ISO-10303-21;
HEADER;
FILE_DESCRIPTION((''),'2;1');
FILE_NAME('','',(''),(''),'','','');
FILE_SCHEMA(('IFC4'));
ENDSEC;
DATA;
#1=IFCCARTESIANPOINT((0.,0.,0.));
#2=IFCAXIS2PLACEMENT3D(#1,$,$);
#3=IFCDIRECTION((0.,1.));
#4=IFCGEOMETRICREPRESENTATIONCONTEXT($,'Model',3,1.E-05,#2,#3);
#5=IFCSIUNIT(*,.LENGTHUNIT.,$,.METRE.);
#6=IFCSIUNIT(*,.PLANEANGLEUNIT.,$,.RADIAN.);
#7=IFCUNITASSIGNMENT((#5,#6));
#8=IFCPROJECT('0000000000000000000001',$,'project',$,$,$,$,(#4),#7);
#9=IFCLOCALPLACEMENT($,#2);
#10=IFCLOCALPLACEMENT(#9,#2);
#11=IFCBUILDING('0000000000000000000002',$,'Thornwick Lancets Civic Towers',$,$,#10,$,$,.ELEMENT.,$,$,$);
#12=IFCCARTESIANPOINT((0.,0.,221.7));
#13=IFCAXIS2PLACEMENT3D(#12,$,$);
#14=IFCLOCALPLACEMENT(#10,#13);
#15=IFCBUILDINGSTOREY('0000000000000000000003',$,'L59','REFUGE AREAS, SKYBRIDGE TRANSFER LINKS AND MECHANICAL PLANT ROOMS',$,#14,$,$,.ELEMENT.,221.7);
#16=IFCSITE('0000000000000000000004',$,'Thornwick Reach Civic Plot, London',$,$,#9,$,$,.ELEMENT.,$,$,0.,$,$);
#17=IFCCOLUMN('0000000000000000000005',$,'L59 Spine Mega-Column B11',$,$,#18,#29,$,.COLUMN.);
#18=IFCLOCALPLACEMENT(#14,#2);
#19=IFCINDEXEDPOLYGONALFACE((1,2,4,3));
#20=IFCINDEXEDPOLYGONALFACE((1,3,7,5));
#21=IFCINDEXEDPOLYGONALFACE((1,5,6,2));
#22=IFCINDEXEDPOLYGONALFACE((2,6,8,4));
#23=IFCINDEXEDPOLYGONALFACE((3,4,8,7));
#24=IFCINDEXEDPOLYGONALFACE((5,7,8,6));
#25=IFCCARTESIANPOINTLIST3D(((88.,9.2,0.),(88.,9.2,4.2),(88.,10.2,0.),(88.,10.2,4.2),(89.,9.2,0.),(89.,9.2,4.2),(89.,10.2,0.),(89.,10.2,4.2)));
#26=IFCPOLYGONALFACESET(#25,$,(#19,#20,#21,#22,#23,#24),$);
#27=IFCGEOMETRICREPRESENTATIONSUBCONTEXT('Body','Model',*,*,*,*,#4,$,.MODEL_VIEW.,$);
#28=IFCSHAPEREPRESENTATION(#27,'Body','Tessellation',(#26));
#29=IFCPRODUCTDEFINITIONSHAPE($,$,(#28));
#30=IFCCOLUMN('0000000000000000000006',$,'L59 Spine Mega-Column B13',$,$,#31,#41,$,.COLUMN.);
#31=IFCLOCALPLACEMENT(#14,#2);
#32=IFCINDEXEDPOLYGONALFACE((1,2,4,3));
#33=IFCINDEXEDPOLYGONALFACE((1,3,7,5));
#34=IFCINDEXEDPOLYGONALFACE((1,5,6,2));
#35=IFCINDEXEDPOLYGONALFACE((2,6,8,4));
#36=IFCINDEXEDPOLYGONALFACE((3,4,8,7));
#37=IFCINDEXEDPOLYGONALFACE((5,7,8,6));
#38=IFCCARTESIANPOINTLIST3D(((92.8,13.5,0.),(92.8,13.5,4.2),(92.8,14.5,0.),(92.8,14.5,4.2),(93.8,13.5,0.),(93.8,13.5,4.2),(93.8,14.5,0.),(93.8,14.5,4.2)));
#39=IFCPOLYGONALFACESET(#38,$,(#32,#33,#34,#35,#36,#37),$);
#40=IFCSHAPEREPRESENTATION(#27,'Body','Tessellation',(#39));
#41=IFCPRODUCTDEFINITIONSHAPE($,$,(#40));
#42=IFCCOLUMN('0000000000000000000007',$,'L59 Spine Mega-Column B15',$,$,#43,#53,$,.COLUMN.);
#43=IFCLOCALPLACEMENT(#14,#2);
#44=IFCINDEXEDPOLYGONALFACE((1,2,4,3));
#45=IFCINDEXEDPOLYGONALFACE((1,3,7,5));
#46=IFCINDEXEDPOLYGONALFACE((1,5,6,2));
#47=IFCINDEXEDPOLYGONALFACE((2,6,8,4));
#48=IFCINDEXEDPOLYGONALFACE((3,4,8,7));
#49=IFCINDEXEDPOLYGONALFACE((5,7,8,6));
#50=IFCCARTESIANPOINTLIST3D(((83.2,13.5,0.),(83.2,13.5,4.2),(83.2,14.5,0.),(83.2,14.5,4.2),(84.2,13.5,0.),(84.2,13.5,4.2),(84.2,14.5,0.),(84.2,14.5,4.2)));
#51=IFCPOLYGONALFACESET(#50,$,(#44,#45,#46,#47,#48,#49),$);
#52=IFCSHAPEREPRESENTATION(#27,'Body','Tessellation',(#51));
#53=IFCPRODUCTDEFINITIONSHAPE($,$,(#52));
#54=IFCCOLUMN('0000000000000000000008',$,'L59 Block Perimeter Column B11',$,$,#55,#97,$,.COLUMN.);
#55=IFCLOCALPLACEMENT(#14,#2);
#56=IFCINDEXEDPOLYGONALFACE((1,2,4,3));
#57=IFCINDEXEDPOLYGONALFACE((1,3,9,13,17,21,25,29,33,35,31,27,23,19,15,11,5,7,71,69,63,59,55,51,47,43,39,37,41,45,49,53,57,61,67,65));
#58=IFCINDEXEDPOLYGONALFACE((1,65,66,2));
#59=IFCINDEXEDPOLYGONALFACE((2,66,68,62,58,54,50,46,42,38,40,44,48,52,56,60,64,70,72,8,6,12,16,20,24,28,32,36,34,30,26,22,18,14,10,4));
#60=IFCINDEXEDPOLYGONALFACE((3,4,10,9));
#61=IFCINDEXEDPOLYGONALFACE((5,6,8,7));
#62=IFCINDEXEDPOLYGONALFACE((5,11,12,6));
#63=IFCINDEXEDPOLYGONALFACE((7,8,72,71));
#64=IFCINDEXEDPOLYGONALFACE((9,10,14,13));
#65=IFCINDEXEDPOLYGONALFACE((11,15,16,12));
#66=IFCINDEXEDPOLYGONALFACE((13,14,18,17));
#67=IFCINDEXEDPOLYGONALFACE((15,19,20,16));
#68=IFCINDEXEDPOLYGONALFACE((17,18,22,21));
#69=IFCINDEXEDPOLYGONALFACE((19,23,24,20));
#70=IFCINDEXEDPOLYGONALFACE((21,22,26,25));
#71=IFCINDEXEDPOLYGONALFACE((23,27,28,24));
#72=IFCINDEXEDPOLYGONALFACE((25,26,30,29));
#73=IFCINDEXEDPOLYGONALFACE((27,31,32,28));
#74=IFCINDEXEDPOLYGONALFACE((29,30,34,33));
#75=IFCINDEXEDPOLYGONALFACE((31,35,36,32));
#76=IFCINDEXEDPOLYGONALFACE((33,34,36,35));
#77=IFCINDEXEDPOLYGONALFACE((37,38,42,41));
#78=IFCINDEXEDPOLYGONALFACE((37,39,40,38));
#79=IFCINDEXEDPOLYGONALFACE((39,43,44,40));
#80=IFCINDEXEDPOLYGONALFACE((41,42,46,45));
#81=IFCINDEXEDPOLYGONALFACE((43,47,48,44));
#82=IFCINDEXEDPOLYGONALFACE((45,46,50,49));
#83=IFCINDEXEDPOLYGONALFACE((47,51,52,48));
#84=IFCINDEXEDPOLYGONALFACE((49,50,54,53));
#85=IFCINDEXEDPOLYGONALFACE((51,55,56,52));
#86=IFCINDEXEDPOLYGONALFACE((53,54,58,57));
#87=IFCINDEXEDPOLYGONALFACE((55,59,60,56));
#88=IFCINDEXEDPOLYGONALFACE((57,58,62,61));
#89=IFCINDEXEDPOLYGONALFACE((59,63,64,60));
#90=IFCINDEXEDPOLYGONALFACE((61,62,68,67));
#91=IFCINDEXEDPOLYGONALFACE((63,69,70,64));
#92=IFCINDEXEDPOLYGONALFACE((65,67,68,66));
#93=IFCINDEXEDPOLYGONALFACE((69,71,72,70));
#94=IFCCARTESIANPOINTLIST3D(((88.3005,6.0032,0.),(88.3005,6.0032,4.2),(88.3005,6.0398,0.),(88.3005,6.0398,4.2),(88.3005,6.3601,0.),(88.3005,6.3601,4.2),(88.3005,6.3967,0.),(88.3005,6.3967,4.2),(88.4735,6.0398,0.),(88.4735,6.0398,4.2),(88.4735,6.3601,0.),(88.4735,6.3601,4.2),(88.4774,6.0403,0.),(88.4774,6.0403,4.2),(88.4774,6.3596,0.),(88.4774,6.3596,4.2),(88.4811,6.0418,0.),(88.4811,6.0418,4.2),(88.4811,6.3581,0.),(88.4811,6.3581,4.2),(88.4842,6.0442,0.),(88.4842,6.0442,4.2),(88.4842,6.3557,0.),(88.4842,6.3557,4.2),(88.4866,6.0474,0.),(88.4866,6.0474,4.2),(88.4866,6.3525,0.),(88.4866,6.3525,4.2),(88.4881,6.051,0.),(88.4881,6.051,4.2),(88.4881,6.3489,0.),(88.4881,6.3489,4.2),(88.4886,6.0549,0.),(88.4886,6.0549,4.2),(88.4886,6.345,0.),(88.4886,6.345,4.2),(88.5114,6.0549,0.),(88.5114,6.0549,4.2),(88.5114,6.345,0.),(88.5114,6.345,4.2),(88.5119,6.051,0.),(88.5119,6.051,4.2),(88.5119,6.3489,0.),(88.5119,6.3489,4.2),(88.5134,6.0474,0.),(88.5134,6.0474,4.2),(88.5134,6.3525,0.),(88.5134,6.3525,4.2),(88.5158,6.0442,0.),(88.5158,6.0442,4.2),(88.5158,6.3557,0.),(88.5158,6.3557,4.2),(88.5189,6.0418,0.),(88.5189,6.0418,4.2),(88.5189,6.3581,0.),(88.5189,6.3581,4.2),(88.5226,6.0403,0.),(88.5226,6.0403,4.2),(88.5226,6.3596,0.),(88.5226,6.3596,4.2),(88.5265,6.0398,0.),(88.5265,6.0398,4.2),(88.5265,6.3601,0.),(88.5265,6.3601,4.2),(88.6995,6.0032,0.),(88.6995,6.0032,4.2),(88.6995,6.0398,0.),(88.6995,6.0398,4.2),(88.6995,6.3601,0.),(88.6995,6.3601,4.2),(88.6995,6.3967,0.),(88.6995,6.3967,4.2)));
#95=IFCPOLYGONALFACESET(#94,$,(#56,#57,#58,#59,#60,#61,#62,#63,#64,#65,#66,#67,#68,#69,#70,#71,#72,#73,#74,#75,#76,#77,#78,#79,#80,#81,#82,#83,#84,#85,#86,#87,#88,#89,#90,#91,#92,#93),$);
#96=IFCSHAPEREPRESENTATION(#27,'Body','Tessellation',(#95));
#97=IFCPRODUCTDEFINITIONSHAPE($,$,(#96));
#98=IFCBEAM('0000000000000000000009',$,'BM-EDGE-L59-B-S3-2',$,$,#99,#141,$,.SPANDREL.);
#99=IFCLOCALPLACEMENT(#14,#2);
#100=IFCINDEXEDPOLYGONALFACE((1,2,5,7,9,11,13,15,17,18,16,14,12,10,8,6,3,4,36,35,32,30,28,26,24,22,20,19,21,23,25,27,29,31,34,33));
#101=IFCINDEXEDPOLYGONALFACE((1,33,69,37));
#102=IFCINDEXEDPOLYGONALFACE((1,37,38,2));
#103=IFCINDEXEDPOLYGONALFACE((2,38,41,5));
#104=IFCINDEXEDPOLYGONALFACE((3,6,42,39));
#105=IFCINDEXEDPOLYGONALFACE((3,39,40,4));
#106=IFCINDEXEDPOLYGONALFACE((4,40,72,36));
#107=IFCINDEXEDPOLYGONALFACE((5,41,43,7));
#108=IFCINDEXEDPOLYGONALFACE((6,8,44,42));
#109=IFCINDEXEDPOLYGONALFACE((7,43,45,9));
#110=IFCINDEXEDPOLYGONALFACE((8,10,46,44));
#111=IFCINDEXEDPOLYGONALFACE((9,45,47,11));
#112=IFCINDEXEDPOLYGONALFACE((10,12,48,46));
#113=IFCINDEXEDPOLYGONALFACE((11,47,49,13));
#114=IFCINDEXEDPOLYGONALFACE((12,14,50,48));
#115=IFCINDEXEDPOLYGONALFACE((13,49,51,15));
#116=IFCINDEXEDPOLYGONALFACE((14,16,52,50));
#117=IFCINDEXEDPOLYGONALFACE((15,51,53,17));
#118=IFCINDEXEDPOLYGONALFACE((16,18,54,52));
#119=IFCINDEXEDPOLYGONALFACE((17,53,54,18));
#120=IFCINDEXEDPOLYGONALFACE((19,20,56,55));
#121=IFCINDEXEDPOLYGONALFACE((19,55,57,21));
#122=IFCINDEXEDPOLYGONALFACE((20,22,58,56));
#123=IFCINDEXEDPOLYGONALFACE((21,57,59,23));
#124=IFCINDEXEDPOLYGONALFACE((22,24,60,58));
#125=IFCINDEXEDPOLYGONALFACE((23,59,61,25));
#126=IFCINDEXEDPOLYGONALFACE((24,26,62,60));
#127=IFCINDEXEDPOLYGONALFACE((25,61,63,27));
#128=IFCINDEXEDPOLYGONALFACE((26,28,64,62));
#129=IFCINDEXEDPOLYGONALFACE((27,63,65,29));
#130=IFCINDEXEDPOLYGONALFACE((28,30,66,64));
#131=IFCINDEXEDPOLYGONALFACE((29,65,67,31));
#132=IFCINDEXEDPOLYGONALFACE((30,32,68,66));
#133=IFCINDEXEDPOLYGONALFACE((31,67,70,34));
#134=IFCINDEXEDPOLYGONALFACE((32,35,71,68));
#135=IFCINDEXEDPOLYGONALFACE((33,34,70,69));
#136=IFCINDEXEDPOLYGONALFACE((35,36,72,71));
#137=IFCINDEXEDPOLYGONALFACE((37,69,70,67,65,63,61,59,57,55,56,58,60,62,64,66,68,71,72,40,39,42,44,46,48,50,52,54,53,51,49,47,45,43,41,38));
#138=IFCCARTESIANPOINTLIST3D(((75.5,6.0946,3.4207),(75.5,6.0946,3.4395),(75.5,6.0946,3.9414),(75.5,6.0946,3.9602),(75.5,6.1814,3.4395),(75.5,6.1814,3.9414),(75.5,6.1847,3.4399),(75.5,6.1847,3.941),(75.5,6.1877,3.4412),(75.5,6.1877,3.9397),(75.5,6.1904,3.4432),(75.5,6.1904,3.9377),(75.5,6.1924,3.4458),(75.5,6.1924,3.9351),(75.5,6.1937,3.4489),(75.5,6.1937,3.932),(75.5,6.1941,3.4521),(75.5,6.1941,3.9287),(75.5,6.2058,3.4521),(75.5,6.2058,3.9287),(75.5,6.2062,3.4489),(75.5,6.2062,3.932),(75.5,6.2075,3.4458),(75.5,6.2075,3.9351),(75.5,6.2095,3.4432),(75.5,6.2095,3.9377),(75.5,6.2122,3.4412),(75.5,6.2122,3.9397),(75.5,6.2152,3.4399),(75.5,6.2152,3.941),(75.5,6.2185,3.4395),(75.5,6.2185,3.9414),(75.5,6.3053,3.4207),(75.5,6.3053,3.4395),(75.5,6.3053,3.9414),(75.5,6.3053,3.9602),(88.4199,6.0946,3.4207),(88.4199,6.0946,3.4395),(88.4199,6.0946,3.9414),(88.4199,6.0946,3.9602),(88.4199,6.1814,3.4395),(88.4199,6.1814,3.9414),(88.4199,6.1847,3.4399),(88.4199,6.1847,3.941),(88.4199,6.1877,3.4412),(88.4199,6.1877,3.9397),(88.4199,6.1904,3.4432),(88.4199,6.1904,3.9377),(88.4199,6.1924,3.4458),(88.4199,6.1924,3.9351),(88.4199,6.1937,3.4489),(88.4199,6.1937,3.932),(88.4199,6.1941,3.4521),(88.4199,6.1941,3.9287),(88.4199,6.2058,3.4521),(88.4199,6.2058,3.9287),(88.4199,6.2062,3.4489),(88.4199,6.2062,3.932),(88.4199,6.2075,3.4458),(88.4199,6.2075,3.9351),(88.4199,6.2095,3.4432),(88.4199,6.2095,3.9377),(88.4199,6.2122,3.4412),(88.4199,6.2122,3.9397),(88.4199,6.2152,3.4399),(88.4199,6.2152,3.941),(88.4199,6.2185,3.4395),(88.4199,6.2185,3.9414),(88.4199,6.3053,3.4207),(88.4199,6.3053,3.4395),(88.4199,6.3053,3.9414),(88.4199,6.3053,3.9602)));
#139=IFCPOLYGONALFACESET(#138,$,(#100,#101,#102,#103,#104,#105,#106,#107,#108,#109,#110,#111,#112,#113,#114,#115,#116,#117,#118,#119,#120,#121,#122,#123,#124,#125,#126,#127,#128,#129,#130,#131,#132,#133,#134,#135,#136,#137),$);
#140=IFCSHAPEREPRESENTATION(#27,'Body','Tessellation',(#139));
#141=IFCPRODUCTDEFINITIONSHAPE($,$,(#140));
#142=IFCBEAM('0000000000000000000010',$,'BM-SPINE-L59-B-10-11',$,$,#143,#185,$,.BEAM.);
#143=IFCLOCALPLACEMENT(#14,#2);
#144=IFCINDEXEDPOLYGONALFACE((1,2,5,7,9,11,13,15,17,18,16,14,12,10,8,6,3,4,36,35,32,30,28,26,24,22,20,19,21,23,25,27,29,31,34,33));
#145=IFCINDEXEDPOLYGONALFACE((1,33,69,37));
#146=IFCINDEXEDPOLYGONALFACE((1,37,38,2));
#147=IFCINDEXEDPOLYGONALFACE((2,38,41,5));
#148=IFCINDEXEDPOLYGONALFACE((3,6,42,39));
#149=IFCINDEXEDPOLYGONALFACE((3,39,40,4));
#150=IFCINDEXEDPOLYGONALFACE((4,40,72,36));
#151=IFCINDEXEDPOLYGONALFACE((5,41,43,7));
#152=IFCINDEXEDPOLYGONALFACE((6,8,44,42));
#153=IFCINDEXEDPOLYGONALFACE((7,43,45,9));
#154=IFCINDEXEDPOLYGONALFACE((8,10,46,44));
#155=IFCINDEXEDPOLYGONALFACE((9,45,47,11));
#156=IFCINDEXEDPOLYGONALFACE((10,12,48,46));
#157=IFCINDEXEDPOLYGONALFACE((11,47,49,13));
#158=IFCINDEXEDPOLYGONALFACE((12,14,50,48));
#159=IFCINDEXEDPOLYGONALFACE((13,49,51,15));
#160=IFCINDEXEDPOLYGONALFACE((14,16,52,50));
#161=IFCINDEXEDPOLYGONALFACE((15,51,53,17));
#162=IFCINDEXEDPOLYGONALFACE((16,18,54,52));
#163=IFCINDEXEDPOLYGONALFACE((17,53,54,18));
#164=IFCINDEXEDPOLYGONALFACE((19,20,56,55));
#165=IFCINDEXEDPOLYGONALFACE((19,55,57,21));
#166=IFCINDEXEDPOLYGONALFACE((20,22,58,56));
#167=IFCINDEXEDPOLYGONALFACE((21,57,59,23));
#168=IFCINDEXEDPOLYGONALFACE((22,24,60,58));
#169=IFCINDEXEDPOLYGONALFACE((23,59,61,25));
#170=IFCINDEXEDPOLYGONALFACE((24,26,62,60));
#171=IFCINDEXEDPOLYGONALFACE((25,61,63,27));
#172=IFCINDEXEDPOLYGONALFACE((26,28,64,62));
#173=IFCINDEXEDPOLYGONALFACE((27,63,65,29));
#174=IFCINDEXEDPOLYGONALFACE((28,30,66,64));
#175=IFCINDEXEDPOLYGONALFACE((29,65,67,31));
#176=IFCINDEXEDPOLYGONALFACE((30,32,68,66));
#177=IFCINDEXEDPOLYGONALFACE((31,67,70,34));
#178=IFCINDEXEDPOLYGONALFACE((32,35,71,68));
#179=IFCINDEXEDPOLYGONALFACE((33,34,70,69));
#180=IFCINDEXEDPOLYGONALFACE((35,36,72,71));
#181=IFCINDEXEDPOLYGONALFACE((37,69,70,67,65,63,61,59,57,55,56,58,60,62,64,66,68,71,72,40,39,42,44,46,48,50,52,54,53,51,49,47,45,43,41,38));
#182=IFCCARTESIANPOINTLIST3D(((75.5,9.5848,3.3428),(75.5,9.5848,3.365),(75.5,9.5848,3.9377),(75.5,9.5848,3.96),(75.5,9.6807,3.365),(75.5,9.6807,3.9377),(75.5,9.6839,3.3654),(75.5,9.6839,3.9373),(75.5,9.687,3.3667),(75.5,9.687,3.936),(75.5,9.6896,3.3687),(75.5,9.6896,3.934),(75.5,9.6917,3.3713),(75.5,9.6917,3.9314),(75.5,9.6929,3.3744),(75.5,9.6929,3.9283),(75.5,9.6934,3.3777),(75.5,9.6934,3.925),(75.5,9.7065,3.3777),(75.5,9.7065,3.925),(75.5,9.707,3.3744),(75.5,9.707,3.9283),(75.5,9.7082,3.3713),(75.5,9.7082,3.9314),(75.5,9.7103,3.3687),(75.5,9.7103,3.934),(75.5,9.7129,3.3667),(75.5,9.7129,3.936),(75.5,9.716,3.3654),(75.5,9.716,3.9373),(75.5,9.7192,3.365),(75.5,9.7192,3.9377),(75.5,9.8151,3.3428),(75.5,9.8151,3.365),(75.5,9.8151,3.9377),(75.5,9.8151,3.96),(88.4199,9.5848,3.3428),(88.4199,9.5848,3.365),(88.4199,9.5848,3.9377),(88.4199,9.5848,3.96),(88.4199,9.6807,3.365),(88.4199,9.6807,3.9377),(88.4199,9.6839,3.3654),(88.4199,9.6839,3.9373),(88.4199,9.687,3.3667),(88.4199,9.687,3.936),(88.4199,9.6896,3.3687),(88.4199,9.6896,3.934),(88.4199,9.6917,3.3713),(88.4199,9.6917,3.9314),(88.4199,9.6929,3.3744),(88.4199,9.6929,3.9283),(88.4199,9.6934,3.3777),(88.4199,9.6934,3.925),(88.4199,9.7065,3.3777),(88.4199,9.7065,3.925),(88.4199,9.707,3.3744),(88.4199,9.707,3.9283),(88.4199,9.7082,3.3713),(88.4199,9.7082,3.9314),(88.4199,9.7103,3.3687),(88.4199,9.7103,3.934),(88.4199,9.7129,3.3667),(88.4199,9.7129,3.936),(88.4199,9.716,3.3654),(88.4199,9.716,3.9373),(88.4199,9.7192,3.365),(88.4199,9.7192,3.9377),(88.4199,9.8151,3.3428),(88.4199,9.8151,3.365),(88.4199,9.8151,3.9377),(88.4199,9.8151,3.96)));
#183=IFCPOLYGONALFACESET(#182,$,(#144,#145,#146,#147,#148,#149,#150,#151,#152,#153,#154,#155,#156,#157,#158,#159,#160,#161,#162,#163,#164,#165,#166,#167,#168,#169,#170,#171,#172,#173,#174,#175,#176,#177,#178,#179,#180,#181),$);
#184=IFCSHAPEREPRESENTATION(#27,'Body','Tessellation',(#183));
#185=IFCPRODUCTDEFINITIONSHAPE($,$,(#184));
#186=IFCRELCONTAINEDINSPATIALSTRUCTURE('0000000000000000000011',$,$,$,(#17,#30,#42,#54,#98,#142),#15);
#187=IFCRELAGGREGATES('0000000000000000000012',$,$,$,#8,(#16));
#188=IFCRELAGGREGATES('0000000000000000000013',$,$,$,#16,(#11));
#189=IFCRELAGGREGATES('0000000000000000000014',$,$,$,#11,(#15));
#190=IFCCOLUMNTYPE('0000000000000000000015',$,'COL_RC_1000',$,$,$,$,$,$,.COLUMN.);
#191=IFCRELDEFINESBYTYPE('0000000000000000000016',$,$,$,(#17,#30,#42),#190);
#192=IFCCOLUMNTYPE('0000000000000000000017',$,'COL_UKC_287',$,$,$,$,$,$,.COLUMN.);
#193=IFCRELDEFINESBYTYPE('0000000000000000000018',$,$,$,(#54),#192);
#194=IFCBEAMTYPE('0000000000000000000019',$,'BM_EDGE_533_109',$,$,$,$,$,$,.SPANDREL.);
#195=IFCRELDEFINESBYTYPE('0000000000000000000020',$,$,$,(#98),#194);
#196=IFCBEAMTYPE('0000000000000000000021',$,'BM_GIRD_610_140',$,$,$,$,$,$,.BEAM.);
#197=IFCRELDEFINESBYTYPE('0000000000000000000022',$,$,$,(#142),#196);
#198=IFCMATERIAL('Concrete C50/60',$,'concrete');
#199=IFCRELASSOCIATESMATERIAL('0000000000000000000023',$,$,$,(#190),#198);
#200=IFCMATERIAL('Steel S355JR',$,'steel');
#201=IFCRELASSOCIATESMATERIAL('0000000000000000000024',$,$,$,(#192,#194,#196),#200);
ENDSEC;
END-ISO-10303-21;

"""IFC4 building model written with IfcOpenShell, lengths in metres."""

from ifc_helpers import new_model, si_unit, direction, frame, origin, origin_2d, place, context, subcontext, project, spatial, rectangle, i_section, extrude, material, material_profile, profile_set, type_object, element, save


model = new_model("IFC4")

# Units and contexts
model_context = context("Model", 3, precision=1e-05, world=origin(), true_north=direction((0.0, 1.0)))
body_context = subcontext(model_context, "Body", "Model", "MODEL_VIEW")
ifc_project = project(units=[si_unit("LENGTHUNIT", "METRE"), si_unit("PLANEANGLEUNIT", "RADIAN")], contexts=[model_context])

# Site, building, storey
site_placement = place(None, origin())
site = spatial("IfcSite", under=ifc_project, at=site_placement, Name="Thornwick Reach Civic Plot, London", CompositionType="ELEMENT", RefElevation=0.0)
building_placement = place(site_placement, origin())
building = spatial("IfcBuilding", under=site, at=building_placement, Name="Thornwick Lancets Civic Towers", CompositionType="ELEMENT")
storey_placement = place(building_placement, frame((0.0, 0.0, 221.7)))
storey = spatial("IfcBuildingStorey", under=building, at=storey_placement, Name="L59", Description="REFUGE AREAS, SKYBRIDGE TRANSFER LINKS AND MECHANICAL PLANT ROOMS", CompositionType="ELEMENT", Elevation=221.7)

# Columns
ifc_material_1 = material(Name="Concrete C50/60", Category="concrete")
ifc_material_profile_1 = material_profile(ifc_material_1, rectangle(XDim=1.0, YDim=1.0, at=origin_2d()), Name="RC 1000x1000")
ifc_profile_set_1 = profile_set([ifc_material_profile_1], Name="Concrete C50/60")
column_type_1 = type_object("IfcColumnType", Name="COL_RC_1000", PredefinedType="COLUMN", material=ifc_profile_set_1)
for number, where, z_axis, x_axis, name in (
    (1, (88.5, 9.7, 0.0), (0.0, 0.0, 1.0), (1.0, 0.0, 0.0), "L59 Spine Mega-Column B11"),
    (2, (93.3, 14.0, 0.0), (0.0, 0.0, 1.0), (1.0, 0.0, 0.0), "L59 Spine Mega-Column B13"),
    (3, (83.7, 14.0, 0.0), (0.0, 0.0, 1.0), (1.0, 0.0, 0.0), "L59 Spine Mega-Column B15"),
):
    element("IfcColumn", number, at=place(storey_placement, frame(where, z_axis=z_axis, x_axis=x_axis)), inside=storey, type_object=column_type_1, Name=name, PredefinedType="COLUMN", context=body_context, shape_type="SweptSolid", body=[
        extrude(rectangle(XDim=1.0, YDim=1.0, at=origin_2d()), origin(), (0.0, 0.0, 1.0), 4.2),
    ])
ifc_material_2 = material(Name="Steel S355JR", Category="steel")
ifc_material_profile_2 = material_profile(ifc_material_2, i_section(OverallWidth=0.3989, OverallDepth=0.3936, WebThickness=0.0227, FlangeThickness=0.0366, FilletRadius=0.0151, at=origin_2d()), Name="UKC 356x406x287")
ifc_profile_set_2 = profile_set([ifc_material_profile_2], Name="Steel S355JR")
column_type_2 = type_object("IfcColumnType", Name="COL_UKC_287", PredefinedType="COLUMN", material=ifc_profile_set_2)
column_placement = place(storey_placement, frame((88.5, 6.2, 0.0), z_axis=(0.0, 0.0, 1.0), x_axis=(1.0, 0.0, 0.0)))
element("IfcColumn", 4, at=column_placement, inside=storey, type_object=column_type_2, Name="L59 Block Perimeter Column B11", PredefinedType="COLUMN", context=body_context, shape_type="SweptSolid", body=[
    extrude(i_section(OverallWidth=0.3989, OverallDepth=0.3936, WebThickness=0.0227, FlangeThickness=0.0366, FilletRadius=0.0151, at=origin_2d()), origin(), (0.0, 0.0, 1.0), 4.2),
])

# Beams
ifc_material_profile_3 = material_profile(ifc_material_2, i_section(OverallWidth=0.2107, OverallDepth=0.5396, WebThickness=0.0117, FlangeThickness=0.0188, FilletRadius=0.0127, at=origin_2d()), Name="UKB 533x210x109")
ifc_profile_set_3 = profile_set([ifc_material_profile_3], Name="Steel S355JR")
beam_type_1 = type_object("IfcBeamType", Name="BM_EDGE_533_109", PredefinedType="SPANDREL", material=ifc_profile_set_3)
beam_1_placement = place(storey_placement, frame((88.4199, 6.2, 3.6904), z_axis=(-1.0, 0.0, 0.0), x_axis=(0.0, -1.0, 0.0)))
element("IfcBeam", 5, at=beam_1_placement, inside=storey, type_object=beam_type_1, Name="BM-EDGE-L59-B-S3-2", PredefinedType="SPANDREL", context=body_context, shape_type="SweptSolid", body=[
    extrude(i_section(OverallWidth=0.2107, OverallDepth=0.5396, WebThickness=0.0117, FlangeThickness=0.0188, FilletRadius=0.0127, at=origin_2d()), origin(), (0.0, 0.0, 1.0), 12.9199),
])
ifc_material_profile_4 = material_profile(ifc_material_2, i_section(OverallWidth=0.2302, OverallDepth=0.6172, WebThickness=0.0132, FlangeThickness=0.0222, FilletRadius=0.0127, at=origin_2d()), Name="UKB 610x229x140")
ifc_profile_set_4 = profile_set([ifc_material_profile_4], Name="Steel S355JR")
beam_type_2 = type_object("IfcBeamType", Name="BM_GIRD_610_140", PredefinedType="BEAM", material=ifc_profile_set_4)
beam_2_placement = place(storey_placement, frame((88.4199, 9.7, 3.6514), z_axis=(-1.0, 0.0, 0.0), x_axis=(0.0, -1.0, 0.0)))
element("IfcBeam", 6, at=beam_2_placement, inside=storey, type_object=beam_type_2, Name="BM-SPINE-L59-B-10-11", PredefinedType="BEAM", context=body_context, shape_type="SweptSolid", body=[
    extrude(i_section(OverallWidth=0.2302, OverallDepth=0.6172, WebThickness=0.0132, FlangeThickness=0.0222, FilletRadius=0.0127, at=origin_2d()), origin(), (0.0, 0.0, 1.0), 12.9199),
])

save(model, "model.ifc")
